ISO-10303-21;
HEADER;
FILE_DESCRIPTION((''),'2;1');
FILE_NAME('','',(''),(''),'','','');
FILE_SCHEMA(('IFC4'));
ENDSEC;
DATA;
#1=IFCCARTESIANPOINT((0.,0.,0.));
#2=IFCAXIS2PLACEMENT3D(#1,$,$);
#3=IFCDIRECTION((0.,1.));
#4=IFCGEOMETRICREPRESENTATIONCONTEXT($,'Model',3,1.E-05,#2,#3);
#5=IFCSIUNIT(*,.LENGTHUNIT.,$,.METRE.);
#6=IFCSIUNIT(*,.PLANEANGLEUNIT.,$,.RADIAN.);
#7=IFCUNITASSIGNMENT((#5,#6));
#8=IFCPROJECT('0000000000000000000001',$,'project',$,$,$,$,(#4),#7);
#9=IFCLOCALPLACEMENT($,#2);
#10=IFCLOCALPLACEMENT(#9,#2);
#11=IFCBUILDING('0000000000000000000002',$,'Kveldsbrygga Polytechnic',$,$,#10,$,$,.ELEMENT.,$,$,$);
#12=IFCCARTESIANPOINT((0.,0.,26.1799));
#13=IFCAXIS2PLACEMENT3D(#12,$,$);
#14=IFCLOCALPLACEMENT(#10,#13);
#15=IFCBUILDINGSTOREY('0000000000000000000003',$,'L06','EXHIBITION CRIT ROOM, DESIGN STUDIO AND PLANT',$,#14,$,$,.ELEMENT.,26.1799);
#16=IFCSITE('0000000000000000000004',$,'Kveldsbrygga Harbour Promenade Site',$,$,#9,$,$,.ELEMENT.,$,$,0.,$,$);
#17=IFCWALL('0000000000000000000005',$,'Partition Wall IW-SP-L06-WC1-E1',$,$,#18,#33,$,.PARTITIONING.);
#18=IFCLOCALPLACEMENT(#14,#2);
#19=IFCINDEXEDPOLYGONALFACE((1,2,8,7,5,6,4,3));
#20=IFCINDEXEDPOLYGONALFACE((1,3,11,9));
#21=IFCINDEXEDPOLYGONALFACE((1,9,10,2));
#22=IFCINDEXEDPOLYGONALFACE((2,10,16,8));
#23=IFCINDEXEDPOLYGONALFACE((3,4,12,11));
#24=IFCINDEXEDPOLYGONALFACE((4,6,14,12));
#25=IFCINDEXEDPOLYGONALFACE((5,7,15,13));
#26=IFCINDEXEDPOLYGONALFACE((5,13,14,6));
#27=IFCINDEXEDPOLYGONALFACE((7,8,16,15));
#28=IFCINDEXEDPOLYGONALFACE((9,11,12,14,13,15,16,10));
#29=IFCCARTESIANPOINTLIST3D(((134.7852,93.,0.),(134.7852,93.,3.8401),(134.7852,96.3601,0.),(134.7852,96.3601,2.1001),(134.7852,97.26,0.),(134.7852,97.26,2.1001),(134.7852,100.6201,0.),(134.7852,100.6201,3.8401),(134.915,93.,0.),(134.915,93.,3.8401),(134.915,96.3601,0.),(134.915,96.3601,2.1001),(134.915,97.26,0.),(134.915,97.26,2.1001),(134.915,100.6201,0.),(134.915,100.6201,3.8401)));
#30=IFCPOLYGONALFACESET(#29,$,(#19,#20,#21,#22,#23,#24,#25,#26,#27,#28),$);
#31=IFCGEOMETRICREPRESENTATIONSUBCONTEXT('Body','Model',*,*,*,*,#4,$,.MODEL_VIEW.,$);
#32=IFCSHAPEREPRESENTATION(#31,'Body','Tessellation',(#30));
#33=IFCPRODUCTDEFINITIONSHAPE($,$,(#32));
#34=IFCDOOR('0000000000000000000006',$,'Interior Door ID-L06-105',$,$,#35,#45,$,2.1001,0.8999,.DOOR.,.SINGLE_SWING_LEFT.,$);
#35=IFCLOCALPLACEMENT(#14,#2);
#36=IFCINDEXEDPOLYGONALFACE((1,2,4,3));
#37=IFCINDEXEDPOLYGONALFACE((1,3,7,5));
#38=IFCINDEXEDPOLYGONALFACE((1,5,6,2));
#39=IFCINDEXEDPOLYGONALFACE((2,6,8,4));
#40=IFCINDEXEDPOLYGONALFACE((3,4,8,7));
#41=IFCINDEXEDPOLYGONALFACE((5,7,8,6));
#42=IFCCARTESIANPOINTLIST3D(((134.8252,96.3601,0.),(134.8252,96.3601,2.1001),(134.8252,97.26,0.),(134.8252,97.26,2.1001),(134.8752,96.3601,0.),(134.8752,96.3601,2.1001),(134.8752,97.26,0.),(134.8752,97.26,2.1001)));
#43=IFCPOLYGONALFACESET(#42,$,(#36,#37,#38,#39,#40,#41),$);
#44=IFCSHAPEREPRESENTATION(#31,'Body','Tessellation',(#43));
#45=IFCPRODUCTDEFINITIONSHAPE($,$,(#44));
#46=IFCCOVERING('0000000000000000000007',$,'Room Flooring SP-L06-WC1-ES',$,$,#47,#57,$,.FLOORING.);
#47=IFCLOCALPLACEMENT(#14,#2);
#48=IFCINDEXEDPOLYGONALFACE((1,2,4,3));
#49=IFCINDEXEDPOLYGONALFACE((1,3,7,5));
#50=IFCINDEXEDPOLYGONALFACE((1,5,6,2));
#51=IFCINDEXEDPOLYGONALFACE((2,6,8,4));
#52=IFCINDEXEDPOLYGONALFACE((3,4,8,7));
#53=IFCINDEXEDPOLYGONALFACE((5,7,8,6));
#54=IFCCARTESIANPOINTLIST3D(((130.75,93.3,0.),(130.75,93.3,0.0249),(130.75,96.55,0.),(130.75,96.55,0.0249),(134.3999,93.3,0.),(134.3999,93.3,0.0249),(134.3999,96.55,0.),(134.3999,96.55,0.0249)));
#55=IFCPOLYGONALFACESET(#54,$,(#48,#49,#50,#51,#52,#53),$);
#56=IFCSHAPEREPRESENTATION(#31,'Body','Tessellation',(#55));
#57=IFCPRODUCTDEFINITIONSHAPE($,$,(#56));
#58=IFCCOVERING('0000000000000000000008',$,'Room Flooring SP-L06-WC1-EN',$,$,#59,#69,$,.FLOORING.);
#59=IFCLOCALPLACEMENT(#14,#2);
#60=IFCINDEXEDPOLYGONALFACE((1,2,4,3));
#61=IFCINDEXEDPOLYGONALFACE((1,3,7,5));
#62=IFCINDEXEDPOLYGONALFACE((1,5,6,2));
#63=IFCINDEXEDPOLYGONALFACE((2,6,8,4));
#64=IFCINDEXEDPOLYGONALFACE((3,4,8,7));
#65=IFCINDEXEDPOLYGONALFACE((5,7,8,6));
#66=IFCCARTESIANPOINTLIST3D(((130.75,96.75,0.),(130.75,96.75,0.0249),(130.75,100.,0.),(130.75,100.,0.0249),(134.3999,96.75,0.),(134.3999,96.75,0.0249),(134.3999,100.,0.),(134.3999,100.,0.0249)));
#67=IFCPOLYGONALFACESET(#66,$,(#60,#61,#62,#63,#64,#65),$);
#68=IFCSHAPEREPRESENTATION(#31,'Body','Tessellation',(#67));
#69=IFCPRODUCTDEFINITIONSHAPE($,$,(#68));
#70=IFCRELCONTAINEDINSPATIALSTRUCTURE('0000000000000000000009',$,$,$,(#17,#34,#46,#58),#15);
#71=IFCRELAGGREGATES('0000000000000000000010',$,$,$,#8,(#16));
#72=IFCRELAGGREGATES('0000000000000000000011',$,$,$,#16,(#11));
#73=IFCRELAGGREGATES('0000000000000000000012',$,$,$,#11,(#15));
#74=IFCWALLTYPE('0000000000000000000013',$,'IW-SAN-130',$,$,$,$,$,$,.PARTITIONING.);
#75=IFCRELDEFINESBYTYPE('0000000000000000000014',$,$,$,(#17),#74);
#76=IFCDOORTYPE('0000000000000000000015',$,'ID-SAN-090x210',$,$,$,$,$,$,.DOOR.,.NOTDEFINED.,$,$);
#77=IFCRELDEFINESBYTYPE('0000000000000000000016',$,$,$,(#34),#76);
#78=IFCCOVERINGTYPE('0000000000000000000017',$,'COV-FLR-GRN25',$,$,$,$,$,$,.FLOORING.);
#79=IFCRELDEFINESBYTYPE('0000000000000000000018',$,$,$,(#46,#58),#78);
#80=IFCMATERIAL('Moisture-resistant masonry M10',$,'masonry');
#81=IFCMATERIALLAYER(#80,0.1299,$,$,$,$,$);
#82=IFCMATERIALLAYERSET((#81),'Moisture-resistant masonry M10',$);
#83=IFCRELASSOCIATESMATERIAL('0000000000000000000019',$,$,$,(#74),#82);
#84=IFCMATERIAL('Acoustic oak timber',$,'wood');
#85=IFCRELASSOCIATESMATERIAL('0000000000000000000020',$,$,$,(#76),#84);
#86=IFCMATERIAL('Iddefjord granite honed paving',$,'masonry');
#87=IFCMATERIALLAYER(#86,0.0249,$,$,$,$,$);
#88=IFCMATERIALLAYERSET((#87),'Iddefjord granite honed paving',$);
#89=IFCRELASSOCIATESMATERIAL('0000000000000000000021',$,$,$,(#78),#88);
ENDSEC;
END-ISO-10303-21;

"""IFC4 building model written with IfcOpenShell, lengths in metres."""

from ifc_helpers import new_model, si_unit, direction, frame, frame_2d, origin, origin_2d, place, context, subcontext, project, spatial, rectangle, extrude, material, layer, layer_set, type_object, element, fill, save


model = new_model("IFC4")

# Units and contexts
model_context = context("Model", 3, precision=1e-05, world=origin(), true_north=direction((0.0, 1.0)))
body_context = subcontext(model_context, "Body", "Model", "MODEL_VIEW")
ifc_project = project(units=[si_unit("LENGTHUNIT", "METRE"), si_unit("PLANEANGLEUNIT", "RADIAN")], contexts=[model_context])

# Site, building, storey
site_placement = place(None, origin())
site = spatial("IfcSite", under=ifc_project, at=site_placement, Name="Kveldsbrygga Harbour Promenade Site", CompositionType="ELEMENT", RefElevation=0.0)
building_placement = place(site_placement, origin())
building = spatial("IfcBuilding", under=site, at=building_placement, Name="Kveldsbrygga Polytechnic", CompositionType="ELEMENT")
storey_placement = place(building_placement, frame((0.0, 0.0, 26.1799)))
storey = spatial("IfcBuildingStorey", under=building, at=storey_placement, Name="L06", Description="EXHIBITION CRIT ROOM, DESIGN STUDIO AND PLANT", CompositionType="ELEMENT", Elevation=26.1799)

# Wall, opening, door
ifc_material_1 = material(Name="Moisture-resistant masonry M10", Category="masonry")
ifc_layer_1 = layer(ifc_material_1, 0.1299)
ifc_layer_set_1 = layer_set([ifc_layer_1], Name="Moisture-resistant masonry M10")
wall_type_1 = type_object("IfcWallType", Name="IW-SAN-130", PredefinedType="PARTITIONING", material=ifc_layer_set_1)
wall_1_placement = place(storey_placement, frame((134.8501, 93.0, 0.0), z_axis=(0.0, 0.0, 1.0), x_axis=(0.0, 1.0, 0.0)))
wall_1 = element("IfcWall", 1, at=wall_1_placement, inside=storey, type_object=wall_type_1, Name="Partition Wall IW-SP-L06-WC1-E1", PredefinedType="PARTITIONING", context=body_context, shape_type="SweptSolid", body=[
    extrude(rectangle(XDim=7.6201, YDim=0.1299, at=frame_2d((3.8101, 0.0))), origin(), (0.0, 0.0, 1.0), 3.8401),
])
opening_1_placement = place(wall_1_placement, frame((3.3601, 0.0, 0.0)))
opening_1 = element("IfcOpeningElement", 2, at=opening_1_placement, cuts=wall_1, PredefinedType="OPENING", context=body_context, shape_type="SweptSolid", body=[
    extrude(rectangle(XDim=0.8999, YDim=2.1001, at=frame_2d((0.45, 1.05))), frame((0.0, 0.075, 0.0), z_axis=(0.0, -1.0, 0.0), x_axis=(1.0, 0.0, 0.0)), (0.0, 0.0, 1.0), 0.1499),
])
ifc_material_2 = material(Name="Acoustic oak timber", Category="wood")
door_type = type_object("IfcDoorType", Name="ID-SAN-090x210", OperationType="NOTDEFINED", PredefinedType="DOOR", material=ifc_material_2)
door_placement = place(opening_1_placement, origin())
door = element("IfcDoor", 3, at=door_placement, inside=storey, type_object=door_type, Name="Interior Door ID-L06-105", OperationType="SINGLE_SWING_LEFT", OverallHeight=2.1001, OverallWidth=0.8999, PredefinedType="DOOR", context=body_context, shape_type="SweptSolid", body=[
    extrude(rectangle(XDim=0.8999, YDim=2.1001, at=frame_2d((0.45, 1.05))), frame((0.0, 0.0249, 0.0), z_axis=(0.0, -1.0, 0.0), x_axis=(1.0, 0.0, 0.0)), (0.0, 0.0, 1.0), 0.05),
])
fill(opening_1, door)

# Coverings
ifc_material_3 = material(Name="Iddefjord granite honed paving", Category="masonry")
ifc_layer_2 = layer(ifc_material_3, 0.0249)
ifc_layer_set_2 = layer_set([ifc_layer_2], Name="Iddefjord granite honed paving")
covering_type = type_object("IfcCoveringType", Name="COV-FLR-GRN25", PredefinedType="FLOORING", material=ifc_layer_set_2)
for number, where, z_axis, x_axis, name in (
    (4, (132.575, 94.925, 0.0), (0.0, 0.0, 1.0), (1.0, 0.0, 0.0), "Room Flooring SP-L06-WC1-ES"),
    (5, (132.575, 98.375, 0.0), (0.0, 0.0, 1.0), (1.0, 0.0, 0.0), "Room Flooring SP-L06-WC1-EN"),
):
    element("IfcCovering", number, at=place(storey_placement, frame(where, z_axis=z_axis, x_axis=x_axis)), inside=storey, type_object=covering_type, Name=name, PredefinedType="FLOORING", context=body_context, shape_type="SweptSolid", body=[
        extrude(rectangle(XDim=3.6499, YDim=3.25, at=origin_2d()), origin(), (0.0, 0.0, 1.0), 0.0249),
    ])

save(model, "model.ifc")
